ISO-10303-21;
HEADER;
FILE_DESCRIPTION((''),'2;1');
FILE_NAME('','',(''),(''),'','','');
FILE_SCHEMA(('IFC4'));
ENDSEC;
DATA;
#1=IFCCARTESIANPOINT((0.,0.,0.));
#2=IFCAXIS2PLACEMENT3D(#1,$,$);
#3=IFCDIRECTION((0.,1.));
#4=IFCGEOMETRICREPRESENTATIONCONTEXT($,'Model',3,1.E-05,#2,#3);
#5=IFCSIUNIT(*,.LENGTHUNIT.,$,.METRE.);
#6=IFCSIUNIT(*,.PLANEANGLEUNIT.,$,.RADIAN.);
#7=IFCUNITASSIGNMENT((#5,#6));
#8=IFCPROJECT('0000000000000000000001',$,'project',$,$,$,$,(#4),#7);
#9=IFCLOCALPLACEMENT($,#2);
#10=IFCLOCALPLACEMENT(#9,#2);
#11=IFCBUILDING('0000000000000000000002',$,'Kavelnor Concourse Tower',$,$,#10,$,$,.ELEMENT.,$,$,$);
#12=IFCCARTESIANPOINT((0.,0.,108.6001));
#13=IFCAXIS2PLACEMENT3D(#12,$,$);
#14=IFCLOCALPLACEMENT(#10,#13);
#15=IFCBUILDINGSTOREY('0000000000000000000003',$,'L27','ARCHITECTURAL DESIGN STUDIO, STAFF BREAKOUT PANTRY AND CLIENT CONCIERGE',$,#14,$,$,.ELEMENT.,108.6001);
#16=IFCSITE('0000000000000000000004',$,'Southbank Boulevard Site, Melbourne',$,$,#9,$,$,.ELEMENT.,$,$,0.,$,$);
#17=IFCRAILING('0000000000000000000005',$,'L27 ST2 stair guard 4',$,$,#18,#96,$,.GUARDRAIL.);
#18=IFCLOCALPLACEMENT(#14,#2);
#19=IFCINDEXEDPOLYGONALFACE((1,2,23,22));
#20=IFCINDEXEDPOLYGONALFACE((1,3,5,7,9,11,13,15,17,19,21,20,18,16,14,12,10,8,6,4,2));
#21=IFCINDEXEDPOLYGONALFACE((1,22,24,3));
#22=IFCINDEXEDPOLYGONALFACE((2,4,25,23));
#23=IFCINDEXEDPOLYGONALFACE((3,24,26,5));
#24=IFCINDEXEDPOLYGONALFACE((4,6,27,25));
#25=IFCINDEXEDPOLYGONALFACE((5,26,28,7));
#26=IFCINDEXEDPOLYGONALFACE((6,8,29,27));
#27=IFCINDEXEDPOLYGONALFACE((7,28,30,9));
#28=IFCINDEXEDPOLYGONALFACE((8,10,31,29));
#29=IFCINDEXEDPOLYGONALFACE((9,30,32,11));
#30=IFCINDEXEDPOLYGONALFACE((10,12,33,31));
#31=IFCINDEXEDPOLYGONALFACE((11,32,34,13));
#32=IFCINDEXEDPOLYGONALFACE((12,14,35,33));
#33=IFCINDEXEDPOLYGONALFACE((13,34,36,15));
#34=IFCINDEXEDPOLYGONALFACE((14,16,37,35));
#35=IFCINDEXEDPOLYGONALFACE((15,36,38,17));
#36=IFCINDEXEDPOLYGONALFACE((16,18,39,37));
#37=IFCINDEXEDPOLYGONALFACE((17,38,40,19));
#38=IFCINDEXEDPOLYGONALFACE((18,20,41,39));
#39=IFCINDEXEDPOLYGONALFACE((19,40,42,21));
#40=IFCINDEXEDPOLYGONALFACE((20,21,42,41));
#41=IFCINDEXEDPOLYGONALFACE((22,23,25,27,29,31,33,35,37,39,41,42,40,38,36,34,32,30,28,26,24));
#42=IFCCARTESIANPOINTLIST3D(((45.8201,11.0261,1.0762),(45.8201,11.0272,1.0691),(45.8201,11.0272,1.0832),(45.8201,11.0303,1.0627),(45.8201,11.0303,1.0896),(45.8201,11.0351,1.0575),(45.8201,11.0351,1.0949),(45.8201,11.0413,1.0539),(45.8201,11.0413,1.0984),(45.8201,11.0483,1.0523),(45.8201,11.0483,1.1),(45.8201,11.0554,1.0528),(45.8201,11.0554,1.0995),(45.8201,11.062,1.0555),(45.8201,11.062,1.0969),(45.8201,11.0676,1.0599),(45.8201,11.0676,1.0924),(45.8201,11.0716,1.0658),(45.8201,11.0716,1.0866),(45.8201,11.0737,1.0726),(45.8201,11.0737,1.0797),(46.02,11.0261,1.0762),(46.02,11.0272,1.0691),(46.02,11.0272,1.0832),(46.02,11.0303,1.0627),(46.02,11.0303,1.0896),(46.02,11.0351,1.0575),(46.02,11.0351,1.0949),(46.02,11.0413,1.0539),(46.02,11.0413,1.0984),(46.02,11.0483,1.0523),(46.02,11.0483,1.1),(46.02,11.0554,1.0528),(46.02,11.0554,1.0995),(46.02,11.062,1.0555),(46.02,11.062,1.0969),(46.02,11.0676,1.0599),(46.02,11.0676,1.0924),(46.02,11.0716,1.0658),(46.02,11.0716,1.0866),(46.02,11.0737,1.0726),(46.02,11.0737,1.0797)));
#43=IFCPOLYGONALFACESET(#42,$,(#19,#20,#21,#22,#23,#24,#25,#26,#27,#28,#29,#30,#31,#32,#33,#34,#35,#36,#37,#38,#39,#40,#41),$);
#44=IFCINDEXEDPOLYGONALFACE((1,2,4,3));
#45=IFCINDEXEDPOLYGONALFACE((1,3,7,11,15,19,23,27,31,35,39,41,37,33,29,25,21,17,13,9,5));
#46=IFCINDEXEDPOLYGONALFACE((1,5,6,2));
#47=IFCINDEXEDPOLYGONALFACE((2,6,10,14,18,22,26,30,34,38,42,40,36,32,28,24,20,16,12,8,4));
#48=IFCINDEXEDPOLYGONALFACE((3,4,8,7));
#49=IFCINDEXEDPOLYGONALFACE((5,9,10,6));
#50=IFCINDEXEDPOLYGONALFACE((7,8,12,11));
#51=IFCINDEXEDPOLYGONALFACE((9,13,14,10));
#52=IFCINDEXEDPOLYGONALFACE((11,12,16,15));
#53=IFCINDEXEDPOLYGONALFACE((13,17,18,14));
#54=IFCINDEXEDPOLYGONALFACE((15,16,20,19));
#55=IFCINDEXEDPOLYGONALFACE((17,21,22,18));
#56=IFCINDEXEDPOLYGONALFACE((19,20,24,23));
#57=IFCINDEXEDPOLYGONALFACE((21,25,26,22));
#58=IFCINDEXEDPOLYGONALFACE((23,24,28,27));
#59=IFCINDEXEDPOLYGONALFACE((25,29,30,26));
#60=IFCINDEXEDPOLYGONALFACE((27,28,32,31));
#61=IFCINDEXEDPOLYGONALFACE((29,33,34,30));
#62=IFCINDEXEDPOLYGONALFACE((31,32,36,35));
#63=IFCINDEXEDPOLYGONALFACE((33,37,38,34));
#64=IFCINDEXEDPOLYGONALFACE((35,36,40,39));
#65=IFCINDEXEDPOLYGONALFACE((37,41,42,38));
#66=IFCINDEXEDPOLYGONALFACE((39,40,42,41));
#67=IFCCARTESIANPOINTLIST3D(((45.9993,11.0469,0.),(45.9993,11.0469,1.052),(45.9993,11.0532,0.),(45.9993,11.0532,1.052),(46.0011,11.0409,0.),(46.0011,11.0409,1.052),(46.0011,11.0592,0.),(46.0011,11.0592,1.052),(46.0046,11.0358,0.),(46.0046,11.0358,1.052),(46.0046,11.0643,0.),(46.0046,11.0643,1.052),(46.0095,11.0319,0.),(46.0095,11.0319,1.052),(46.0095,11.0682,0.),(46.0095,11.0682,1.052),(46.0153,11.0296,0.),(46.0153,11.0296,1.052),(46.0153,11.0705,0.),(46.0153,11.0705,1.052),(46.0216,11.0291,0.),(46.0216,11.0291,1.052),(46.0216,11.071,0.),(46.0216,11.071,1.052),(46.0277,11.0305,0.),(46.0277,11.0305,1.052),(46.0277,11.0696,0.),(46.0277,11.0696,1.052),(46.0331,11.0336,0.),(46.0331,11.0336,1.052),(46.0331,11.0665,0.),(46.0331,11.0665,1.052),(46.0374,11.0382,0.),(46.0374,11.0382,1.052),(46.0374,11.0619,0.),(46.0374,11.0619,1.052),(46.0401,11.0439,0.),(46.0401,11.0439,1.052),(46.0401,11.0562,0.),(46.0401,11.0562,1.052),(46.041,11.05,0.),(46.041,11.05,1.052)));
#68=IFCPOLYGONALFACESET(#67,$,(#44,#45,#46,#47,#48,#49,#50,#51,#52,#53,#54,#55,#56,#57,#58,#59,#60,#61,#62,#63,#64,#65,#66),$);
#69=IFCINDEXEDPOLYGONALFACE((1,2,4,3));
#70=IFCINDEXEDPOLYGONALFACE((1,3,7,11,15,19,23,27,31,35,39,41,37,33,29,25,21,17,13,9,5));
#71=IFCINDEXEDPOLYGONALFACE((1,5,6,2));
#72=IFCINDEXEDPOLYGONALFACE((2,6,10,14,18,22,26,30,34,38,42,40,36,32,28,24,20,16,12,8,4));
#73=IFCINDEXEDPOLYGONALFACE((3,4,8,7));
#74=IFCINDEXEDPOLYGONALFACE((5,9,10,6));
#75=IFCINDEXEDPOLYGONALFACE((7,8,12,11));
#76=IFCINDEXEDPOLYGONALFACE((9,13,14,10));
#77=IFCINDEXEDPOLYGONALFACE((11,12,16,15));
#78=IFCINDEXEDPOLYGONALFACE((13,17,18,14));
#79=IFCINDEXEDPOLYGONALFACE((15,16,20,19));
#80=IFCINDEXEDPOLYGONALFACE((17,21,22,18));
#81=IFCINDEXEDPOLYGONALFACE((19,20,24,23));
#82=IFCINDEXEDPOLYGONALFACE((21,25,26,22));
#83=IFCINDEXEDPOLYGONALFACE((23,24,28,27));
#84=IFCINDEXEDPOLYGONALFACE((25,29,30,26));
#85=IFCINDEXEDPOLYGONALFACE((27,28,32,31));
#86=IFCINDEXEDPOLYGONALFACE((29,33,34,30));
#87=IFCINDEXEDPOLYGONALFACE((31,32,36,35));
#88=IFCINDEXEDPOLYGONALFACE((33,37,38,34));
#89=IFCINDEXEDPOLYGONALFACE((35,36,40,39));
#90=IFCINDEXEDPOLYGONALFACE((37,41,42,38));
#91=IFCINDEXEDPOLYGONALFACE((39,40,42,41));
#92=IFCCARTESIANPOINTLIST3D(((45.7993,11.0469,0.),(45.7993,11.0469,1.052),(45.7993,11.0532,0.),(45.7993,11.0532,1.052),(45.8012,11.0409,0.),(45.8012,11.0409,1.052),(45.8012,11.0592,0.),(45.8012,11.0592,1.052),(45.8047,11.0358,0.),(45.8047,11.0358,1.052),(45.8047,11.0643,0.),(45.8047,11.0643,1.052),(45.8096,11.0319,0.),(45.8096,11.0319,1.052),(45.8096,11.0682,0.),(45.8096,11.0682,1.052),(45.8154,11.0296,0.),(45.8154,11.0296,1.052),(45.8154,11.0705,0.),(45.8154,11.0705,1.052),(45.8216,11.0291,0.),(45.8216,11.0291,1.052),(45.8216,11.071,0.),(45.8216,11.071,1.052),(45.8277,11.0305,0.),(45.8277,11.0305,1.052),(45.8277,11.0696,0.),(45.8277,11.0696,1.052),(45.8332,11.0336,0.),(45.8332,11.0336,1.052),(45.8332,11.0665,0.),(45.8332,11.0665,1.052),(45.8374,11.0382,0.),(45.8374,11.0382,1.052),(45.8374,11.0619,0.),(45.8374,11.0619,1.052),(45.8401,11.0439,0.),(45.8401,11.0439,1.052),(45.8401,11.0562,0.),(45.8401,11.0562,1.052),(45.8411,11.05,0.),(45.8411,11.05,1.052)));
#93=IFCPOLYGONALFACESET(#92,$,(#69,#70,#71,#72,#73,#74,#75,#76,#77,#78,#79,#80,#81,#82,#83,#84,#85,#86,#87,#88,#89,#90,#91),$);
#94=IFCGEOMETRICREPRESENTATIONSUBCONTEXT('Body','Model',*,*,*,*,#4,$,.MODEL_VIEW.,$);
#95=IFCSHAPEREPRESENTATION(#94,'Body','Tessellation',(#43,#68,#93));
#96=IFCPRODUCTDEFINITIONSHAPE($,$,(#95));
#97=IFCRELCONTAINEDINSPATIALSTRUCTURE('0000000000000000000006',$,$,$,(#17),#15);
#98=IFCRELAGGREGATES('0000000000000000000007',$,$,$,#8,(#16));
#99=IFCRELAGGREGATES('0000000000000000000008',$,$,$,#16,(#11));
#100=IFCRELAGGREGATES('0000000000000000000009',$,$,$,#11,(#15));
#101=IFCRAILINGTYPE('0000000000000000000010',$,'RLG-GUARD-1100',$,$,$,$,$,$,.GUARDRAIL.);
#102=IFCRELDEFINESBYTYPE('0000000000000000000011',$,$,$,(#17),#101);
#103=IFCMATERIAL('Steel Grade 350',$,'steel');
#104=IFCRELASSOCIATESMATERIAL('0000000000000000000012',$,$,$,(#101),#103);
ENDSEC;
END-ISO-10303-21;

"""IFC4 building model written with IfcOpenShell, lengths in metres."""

from ifc_helpers import new_model, si_unit, direction, frame, origin, origin_2d, place, context, subcontext, project, spatial, circle, extrude, material, type_object, element, save


model = new_model("IFC4")

# Units and contexts
model_context = context("Model", 3, precision=1e-05, world=origin(), true_north=direction((0.0, 1.0)))
body_context = subcontext(model_context, "Body", "Model", "MODEL_VIEW")
ifc_project = project(units=[si_unit("LENGTHUNIT", "METRE"), si_unit("PLANEANGLEUNIT", "RADIAN")], contexts=[model_context])

# Site, building, storey
site_placement = place(None, origin())
site = spatial("IfcSite", under=ifc_project, at=site_placement, Name="Southbank Boulevard Site, Melbourne", CompositionType="ELEMENT", RefElevation=0.0)
building_placement = place(site_placement, origin())
building = spatial("IfcBuilding", under=site, at=building_placement, Name="Kavelnor Concourse Tower", CompositionType="ELEMENT")
storey_placement = place(building_placement, frame((0.0, 0.0, 108.6001)))
storey = spatial("IfcBuildingStorey", under=building, at=storey_placement, Name="L27", Description="ARCHITECTURAL DESIGN STUDIO, STAFF BREAKOUT PANTRY AND CLIENT CONCIERGE", CompositionType="ELEMENT", Elevation=108.6001)

# Shared definitions
ifc_material_1 = material(Name="Steel Grade 350", Category="steel")

# Railing
railing_type_1 = type_object("IfcRailingType", Name="RLG-GUARD-1100", PredefinedType="GUARDRAIL", material=ifc_material_1)
railing_1_placement = place(storey_placement, frame((46.02, 11.05, 0.0)))
element("IfcRailing", 1, at=railing_1_placement, inside=storey, type_object=railing_type_1, Name="L27 ST2 stair guard 4", PredefinedType="GUARDRAIL", context=body_context, shape_type="SweptSolid", body=[
    extrude(circle(Radius=0.0239, at=origin_2d()), frame((0.0, 0.0, 1.0762), z_axis=(-1.0, 0.0, 0.0), x_axis=(0.0, -1.0, 0.0)), (0.0, 0.0, 1.0), 0.2),
    extrude(circle(Radius=0.021, at=origin_2d()), origin(), (0.0, 0.0, 1.0), 1.052),
    extrude(circle(Radius=0.021, at=origin_2d()), frame((-0.2, 0.0, 0.0)), (0.0, 0.0, 1.0), 1.052),
])

save(model, "model.ifc")
